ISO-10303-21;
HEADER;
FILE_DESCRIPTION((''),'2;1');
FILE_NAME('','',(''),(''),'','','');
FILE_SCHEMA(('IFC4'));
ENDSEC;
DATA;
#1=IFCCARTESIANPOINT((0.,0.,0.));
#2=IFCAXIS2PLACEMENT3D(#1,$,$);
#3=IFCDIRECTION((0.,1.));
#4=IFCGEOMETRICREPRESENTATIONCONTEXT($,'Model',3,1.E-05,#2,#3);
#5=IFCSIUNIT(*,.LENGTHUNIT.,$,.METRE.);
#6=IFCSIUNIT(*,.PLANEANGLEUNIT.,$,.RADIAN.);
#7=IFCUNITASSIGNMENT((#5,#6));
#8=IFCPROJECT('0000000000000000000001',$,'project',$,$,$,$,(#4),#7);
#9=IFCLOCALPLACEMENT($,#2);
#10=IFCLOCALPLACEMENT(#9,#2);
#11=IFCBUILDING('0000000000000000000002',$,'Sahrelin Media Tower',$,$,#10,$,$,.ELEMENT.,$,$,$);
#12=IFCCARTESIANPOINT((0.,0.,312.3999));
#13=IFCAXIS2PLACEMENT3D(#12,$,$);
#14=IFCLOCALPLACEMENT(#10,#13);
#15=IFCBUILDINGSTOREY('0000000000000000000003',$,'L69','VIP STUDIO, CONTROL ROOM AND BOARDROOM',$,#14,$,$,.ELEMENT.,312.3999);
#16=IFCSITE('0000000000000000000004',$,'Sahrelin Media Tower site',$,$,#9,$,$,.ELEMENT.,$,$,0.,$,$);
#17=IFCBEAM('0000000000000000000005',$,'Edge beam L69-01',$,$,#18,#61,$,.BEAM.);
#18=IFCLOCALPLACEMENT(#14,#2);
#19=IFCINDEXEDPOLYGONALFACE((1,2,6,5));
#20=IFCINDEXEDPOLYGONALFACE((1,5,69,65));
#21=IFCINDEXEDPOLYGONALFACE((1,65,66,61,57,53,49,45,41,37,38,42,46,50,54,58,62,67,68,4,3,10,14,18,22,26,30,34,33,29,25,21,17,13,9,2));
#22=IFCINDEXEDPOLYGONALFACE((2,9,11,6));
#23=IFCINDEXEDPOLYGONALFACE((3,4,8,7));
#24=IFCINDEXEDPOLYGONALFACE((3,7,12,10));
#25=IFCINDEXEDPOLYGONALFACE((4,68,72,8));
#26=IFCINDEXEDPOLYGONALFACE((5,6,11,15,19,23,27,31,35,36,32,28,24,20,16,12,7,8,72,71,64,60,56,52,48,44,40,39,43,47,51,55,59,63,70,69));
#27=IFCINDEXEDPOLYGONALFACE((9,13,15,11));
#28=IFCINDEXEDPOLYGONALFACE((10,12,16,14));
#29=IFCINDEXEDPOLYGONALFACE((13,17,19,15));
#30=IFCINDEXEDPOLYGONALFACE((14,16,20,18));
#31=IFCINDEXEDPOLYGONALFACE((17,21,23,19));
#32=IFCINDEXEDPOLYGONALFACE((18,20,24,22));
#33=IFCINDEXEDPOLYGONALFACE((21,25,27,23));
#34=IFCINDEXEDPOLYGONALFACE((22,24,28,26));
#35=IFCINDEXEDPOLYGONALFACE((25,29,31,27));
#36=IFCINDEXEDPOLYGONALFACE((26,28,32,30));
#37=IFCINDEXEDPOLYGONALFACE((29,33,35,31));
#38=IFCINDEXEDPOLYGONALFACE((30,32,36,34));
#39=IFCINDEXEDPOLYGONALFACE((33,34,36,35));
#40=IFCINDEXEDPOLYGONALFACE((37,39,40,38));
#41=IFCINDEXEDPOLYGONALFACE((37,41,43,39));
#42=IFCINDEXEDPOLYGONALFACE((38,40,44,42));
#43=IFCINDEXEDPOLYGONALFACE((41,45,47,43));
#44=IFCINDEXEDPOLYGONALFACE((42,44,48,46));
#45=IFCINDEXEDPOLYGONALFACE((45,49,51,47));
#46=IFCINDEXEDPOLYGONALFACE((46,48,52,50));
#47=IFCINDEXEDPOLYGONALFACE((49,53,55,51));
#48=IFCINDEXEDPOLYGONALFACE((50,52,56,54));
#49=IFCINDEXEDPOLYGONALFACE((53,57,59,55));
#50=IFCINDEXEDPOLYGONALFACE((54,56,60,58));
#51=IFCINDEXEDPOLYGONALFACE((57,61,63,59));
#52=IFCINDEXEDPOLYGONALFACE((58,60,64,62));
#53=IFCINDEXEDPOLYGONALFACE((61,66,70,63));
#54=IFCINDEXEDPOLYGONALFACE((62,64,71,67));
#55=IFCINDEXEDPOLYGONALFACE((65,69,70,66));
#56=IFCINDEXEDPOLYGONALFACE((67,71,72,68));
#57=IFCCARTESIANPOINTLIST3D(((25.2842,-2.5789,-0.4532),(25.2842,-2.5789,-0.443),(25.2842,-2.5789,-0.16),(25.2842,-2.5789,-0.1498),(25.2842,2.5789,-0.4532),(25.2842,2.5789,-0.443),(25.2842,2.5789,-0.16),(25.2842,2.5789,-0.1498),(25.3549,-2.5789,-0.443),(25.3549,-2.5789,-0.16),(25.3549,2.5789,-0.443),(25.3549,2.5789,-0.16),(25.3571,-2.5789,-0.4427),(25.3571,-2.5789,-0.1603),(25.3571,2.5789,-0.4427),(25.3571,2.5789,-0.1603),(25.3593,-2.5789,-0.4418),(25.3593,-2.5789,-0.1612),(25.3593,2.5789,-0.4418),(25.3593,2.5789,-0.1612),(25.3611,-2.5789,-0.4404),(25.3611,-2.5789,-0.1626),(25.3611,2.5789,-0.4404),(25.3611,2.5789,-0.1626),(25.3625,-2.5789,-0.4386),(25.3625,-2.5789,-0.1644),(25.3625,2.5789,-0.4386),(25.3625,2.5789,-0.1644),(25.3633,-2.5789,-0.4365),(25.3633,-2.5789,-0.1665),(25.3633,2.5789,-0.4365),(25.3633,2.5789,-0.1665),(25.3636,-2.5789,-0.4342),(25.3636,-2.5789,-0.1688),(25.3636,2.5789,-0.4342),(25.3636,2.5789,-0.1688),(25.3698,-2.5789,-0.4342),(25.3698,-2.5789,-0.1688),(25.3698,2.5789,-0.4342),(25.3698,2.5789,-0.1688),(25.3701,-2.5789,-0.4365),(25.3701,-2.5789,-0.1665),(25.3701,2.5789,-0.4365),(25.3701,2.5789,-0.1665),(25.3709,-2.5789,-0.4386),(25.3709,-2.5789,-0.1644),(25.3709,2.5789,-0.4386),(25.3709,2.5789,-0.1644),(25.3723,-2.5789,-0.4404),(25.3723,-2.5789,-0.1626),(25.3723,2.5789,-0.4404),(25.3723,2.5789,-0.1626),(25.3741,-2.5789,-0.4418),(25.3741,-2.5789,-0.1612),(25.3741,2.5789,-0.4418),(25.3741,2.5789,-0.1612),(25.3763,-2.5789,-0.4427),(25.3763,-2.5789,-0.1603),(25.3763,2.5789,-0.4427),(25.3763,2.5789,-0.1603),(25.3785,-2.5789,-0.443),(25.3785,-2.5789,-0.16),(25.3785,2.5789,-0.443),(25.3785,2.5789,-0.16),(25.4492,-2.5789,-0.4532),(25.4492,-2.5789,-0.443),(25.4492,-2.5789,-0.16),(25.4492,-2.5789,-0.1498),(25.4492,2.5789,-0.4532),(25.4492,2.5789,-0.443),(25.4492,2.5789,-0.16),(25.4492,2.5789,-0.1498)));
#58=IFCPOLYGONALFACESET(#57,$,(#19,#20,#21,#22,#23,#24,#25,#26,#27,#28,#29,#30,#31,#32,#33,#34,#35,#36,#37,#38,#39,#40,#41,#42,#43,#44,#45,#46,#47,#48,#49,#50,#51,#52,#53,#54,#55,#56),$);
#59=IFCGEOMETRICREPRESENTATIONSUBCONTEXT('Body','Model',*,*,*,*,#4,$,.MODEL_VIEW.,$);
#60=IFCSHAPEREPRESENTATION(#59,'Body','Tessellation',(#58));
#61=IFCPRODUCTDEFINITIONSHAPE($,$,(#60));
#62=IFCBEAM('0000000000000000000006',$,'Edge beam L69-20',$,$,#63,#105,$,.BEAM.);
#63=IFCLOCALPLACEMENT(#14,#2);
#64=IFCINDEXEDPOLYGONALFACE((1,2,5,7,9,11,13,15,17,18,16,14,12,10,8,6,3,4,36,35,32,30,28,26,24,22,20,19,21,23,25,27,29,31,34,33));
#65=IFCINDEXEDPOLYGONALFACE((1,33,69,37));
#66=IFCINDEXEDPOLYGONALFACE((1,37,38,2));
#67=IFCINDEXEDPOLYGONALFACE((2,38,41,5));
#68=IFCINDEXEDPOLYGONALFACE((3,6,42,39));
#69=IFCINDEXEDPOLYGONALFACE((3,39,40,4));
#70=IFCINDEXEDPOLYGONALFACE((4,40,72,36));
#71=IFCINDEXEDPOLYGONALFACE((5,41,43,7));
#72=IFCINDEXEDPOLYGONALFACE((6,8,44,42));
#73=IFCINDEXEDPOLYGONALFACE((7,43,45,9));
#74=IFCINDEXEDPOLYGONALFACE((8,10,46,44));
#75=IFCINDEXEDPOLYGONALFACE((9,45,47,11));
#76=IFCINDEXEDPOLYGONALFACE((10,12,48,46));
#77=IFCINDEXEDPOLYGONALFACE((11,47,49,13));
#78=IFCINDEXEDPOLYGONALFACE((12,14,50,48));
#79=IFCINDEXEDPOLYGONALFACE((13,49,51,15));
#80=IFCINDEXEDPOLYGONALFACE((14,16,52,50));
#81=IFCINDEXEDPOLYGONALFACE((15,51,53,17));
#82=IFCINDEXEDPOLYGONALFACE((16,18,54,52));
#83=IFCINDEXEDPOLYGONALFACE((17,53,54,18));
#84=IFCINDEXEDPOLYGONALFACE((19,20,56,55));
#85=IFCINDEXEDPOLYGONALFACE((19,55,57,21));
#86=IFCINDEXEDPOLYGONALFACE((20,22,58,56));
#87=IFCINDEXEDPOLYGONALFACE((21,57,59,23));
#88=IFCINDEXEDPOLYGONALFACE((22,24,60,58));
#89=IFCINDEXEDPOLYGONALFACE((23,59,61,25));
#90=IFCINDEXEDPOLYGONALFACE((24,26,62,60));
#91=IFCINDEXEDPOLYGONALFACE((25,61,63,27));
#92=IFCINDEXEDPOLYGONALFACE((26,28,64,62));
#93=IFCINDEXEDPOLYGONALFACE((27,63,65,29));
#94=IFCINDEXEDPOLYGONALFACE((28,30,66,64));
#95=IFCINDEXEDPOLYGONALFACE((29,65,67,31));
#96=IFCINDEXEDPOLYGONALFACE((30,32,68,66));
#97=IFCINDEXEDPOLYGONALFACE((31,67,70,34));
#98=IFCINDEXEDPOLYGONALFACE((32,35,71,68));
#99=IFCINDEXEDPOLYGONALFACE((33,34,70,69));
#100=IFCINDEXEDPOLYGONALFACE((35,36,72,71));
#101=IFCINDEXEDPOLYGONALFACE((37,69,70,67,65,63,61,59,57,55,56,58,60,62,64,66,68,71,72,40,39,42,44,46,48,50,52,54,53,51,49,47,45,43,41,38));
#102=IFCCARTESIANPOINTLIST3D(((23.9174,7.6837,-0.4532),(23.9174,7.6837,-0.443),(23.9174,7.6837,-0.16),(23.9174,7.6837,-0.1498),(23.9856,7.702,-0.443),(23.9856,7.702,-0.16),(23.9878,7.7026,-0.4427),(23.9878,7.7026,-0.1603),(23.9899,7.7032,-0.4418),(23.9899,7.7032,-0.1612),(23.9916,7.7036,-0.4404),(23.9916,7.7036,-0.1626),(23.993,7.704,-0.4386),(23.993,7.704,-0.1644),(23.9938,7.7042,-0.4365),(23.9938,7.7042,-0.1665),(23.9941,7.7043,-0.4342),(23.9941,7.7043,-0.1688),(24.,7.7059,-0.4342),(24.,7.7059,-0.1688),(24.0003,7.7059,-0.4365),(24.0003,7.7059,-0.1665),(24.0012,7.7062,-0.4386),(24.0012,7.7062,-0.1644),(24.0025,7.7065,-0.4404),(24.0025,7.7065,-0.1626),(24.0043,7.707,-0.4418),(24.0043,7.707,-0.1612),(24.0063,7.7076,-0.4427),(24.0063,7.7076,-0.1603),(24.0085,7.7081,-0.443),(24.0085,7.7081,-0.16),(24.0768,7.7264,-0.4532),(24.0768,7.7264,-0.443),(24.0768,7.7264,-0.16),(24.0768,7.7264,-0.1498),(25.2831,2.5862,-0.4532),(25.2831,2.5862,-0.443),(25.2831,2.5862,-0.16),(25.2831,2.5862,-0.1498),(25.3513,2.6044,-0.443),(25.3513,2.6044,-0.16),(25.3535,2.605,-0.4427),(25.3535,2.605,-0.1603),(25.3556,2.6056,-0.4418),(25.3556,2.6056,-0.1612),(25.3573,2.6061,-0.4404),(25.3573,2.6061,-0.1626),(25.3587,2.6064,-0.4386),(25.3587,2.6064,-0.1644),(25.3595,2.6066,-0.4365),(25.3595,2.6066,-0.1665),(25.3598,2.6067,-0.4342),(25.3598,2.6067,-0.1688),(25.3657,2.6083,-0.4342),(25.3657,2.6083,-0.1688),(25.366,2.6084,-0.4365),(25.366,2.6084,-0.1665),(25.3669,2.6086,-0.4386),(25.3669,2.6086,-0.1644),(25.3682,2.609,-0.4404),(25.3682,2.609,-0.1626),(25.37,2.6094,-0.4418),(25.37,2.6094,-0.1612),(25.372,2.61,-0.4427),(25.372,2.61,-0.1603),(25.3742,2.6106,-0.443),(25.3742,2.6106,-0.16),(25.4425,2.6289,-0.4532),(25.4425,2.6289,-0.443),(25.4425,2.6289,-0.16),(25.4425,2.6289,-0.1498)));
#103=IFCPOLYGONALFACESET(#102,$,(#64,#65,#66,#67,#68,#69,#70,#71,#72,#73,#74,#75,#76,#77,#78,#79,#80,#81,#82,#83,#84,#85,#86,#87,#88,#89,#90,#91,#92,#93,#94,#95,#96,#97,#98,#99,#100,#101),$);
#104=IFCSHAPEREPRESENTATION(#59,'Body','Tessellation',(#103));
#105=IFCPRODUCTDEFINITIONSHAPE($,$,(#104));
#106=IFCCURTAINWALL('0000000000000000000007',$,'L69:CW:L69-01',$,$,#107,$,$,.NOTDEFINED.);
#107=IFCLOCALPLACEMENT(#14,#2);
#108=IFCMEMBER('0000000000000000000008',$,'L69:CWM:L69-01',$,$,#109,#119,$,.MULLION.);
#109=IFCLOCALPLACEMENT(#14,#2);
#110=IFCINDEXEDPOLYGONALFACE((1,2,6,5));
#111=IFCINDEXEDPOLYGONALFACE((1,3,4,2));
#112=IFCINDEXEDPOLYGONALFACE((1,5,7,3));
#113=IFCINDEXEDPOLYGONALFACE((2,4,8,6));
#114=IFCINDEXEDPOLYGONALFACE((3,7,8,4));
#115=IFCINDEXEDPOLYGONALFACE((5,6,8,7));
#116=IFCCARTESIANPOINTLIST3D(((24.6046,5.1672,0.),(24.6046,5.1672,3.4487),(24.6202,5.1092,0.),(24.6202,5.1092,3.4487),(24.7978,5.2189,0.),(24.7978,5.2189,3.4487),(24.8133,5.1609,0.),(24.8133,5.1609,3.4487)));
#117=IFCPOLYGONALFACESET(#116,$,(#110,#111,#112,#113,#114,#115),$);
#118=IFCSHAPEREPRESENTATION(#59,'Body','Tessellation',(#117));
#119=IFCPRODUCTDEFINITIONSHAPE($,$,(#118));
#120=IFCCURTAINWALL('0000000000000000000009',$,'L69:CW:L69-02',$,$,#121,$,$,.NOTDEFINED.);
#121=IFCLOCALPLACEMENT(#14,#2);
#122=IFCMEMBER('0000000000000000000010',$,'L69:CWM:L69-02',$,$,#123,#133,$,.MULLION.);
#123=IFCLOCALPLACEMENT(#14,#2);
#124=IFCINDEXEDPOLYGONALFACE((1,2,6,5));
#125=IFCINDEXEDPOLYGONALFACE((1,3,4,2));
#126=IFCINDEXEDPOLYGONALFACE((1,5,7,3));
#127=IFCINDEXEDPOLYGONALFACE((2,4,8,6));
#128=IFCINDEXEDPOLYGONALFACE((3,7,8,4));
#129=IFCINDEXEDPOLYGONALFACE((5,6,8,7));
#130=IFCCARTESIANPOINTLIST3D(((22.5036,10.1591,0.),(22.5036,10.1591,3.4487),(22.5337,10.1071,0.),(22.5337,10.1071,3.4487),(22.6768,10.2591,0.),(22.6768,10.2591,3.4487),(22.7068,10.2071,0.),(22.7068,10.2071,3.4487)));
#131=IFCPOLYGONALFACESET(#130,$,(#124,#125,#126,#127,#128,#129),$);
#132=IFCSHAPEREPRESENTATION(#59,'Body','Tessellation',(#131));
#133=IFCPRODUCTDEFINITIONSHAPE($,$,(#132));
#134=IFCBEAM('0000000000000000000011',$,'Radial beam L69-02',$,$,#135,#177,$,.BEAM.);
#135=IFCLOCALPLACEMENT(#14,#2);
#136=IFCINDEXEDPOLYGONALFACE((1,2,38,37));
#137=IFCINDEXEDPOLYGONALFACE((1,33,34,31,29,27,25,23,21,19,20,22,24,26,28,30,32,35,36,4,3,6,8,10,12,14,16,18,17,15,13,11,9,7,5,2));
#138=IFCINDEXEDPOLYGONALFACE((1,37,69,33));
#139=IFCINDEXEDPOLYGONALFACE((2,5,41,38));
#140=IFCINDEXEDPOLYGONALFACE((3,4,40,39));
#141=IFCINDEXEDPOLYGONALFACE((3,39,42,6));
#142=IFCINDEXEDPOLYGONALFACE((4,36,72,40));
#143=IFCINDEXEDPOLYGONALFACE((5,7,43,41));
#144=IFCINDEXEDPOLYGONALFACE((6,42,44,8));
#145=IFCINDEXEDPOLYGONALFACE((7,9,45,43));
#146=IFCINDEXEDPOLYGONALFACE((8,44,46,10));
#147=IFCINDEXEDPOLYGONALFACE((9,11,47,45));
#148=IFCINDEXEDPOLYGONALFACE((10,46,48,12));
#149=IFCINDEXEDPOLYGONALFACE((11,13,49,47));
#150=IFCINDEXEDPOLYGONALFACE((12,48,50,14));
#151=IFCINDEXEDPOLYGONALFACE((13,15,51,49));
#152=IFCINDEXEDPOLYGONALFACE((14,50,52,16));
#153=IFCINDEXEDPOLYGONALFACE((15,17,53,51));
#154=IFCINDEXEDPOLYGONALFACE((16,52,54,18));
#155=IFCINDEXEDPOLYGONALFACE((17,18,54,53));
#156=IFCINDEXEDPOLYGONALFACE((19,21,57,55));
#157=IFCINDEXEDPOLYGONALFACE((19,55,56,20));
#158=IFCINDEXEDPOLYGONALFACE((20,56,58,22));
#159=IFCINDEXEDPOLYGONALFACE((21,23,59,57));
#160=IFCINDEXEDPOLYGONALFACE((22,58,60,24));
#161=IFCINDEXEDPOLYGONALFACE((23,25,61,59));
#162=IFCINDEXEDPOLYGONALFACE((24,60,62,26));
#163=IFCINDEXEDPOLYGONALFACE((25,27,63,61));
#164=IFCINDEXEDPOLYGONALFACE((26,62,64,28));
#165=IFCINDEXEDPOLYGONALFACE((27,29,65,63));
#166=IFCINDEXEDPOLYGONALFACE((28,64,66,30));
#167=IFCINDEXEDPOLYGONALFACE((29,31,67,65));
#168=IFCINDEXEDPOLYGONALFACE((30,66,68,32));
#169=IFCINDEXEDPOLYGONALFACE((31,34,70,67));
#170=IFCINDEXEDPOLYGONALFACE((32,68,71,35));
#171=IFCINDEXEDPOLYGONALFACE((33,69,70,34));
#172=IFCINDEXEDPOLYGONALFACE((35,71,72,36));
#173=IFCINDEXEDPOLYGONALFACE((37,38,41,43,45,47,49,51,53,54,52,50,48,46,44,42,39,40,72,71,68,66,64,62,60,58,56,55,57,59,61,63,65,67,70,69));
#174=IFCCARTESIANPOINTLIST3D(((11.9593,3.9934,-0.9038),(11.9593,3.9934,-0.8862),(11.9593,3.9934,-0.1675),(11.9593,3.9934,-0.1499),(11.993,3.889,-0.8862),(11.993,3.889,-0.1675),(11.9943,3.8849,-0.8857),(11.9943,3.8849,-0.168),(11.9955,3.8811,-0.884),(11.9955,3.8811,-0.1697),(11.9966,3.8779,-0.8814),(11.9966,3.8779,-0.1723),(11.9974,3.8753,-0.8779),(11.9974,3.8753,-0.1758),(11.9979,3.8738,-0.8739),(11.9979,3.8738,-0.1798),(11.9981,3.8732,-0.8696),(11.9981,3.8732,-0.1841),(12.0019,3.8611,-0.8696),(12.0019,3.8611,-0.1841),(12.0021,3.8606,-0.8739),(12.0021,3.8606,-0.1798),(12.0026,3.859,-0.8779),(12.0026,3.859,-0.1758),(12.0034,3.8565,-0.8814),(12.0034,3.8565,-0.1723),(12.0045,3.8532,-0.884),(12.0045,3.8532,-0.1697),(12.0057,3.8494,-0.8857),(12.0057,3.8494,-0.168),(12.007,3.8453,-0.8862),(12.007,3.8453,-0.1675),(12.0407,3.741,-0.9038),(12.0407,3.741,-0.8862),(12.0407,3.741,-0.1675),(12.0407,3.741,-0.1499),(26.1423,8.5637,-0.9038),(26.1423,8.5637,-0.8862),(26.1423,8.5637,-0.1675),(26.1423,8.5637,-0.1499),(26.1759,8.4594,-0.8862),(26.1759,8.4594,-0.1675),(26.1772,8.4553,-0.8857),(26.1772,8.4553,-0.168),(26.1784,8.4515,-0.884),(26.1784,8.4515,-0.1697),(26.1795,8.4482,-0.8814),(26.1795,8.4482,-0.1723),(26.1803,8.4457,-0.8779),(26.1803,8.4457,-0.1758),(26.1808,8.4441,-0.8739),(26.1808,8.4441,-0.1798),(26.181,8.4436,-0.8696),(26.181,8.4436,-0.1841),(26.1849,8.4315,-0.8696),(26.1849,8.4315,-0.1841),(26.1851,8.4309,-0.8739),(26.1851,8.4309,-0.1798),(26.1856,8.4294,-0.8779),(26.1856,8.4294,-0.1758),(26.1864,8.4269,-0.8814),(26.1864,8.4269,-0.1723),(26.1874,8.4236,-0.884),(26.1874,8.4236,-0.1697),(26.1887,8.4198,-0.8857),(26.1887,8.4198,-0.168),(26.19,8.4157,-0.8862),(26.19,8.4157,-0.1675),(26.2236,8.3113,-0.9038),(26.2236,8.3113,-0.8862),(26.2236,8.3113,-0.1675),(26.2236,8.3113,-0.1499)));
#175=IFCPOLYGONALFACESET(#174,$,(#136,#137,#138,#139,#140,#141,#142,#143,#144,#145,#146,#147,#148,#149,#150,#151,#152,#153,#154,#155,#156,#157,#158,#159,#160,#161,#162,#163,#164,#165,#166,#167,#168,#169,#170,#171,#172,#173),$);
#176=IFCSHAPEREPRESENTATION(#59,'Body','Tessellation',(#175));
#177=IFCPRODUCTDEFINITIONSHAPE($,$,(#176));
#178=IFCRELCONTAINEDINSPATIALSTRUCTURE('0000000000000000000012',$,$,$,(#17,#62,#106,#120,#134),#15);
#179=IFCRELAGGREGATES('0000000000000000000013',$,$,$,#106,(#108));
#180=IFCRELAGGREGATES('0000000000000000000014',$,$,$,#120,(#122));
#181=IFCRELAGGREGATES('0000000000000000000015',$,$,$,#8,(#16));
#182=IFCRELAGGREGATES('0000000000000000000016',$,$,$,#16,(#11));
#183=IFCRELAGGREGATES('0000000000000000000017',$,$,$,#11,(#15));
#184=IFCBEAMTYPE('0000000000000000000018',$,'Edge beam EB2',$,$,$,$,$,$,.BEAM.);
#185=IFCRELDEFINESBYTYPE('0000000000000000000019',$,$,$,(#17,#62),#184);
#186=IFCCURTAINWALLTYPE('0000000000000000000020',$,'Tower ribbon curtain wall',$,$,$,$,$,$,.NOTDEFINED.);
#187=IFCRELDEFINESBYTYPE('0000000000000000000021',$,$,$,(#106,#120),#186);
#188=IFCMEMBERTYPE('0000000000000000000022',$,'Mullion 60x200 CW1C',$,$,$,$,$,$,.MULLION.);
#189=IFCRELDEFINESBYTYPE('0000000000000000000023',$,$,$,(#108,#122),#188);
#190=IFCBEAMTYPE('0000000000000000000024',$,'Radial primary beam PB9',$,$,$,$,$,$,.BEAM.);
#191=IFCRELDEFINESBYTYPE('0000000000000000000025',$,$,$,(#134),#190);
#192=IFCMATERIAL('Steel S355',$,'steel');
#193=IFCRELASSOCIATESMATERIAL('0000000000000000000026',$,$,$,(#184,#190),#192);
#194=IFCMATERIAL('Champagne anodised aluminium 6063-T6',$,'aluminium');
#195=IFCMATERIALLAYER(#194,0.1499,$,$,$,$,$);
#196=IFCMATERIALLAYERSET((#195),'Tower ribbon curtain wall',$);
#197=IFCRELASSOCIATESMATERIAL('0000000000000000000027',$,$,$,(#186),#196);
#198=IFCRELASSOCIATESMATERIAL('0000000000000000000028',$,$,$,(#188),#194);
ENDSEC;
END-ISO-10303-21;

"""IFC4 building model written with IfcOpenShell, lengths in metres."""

from ifc_helpers import new_model, si_unit, direction, frame, origin, origin_2d, place, context, subcontext, project, spatial, rectangle, i_section, extrude, material, layer, layer_set, material_profile, profile_set, type_object, element, aggregate, save


model = new_model("IFC4")

# Units and contexts
model_context = context("Model", 3, precision=1e-05, world=origin(), true_north=direction((0.0, 1.0)))
body_context = subcontext(model_context, "Body", "Model", "MODEL_VIEW")
ifc_project = project(units=[si_unit("LENGTHUNIT", "METRE"), si_unit("PLANEANGLEUNIT", "RADIAN")], contexts=[model_context])

# Site, building, storey
site_placement = place(None, origin())
site = spatial("IfcSite", under=ifc_project, at=site_placement, Name="Sahrelin Media Tower site", CompositionType="ELEMENT", RefElevation=0.0)
building_placement = place(site_placement, origin())
building = spatial("IfcBuilding", under=site, at=building_placement, Name="Sahrelin Media Tower", CompositionType="ELEMENT")
storey_placement = place(building_placement, frame((0.0, 0.0, 312.3999)))
storey = spatial("IfcBuildingStorey", under=building, at=storey_placement, Name="L69", Description="VIP STUDIO, CONTROL ROOM AND BOARDROOM", CompositionType="ELEMENT", Elevation=312.3999)

# Beams
ifc_material_1 = material(Name="Steel S355", Category="steel")
ifc_material_profile_1 = material_profile(ifc_material_1, i_section(OverallWidth=0.165, OverallDepth=0.3035, WebThickness=0.0061, FlangeThickness=0.0103, FilletRadius=0.0088, at=origin_2d()), Name="UB 305x165x40")
ifc_profile_set_1 = profile_set([ifc_material_profile_1], Name="Steel S355")
beam_type_1 = type_object("IfcBeamType", Name="Edge beam EB2", PredefinedType="BEAM", material=ifc_profile_set_1)
beam_1_placement = place(storey_placement, frame((25.3667, 2.5789, -0.3015), z_axis=(0.0, -1.0, 0.0), x_axis=(1.0, 0.0, 0.0)))
element("IfcBeam", 1, at=beam_1_placement, inside=storey, type_object=beam_type_1, Name="Edge beam L69-01", PredefinedType="BEAM", context=body_context, shape_type="SweptSolid", body=[
    extrude(i_section(OverallWidth=0.165, OverallDepth=0.3035, WebThickness=0.0061, FlangeThickness=0.0103, FilletRadius=0.0088, at=origin_2d()), origin(), (0.0, 0.0, 1.0), 5.1577),
])
beam_2_placement = place(storey_placement, frame((23.9971, 7.7051, -0.3015), z_axis=(0.258785, -0.965935, 0.0), x_axis=(0.965935, 0.258785, 0.0)))
element("IfcBeam", 2, at=beam_2_placement, inside=storey, type_object=beam_type_1, Name="Edge beam L69-20", PredefinedType="BEAM", context=body_context, shape_type="SweptSolid", body=[
    extrude(i_section(OverallWidth=0.165, OverallDepth=0.3035, WebThickness=0.0061, FlangeThickness=0.0103, FilletRadius=0.0088, at=origin_2d()), origin(), (0.0, 0.0, 1.0), 5.2773),
])

# Curtain walls, members
ifc_material_2 = material(Name="Champagne anodised aluminium 6063-T6", Category="aluminium")
ifc_layer_1 = layer(ifc_material_2, 0.1499)
ifc_layer_set_1 = layer_set([ifc_layer_1], Name="Tower ribbon curtain wall")
curtain_wall_type = type_object("IfcCurtainWallType", Name="Tower ribbon curtain wall", PredefinedType="NOTDEFINED", material=ifc_layer_set_1)
curtain_wall_1_placement = place(storey_placement, frame((24.825, 5.1951, 0.0), z_axis=(0.0, 0.0, 1.0), x_axis=(1.0, 0.0, 0.0)))
curtain_wall_1 = element("IfcCurtainWall", 3, at=curtain_wall_1_placement, inside=storey, type_object=curtain_wall_type, Name="L69:CW:L69-01", PredefinedType="NOTDEFINED")
ifc_material_profile_2 = material_profile(ifc_material_2, rectangle(XDim=0.0601, YDim=0.2, at=origin_2d()), Name="Mullion 60x200")
ifc_profile_set_2 = profile_set([ifc_material_profile_2], Name="Champagne anodised aluminium 6063-T6")
member_type_1 = type_object("IfcMemberType", Name="Mullion 60x200 CW1C", PredefinedType="MULLION", material=ifc_profile_set_2)
member_1_placement = place(storey_placement, frame((24.709, 5.1641, 0.0), z_axis=(0.0, 0.0, 1.0), x_axis=(-0.258812, 0.965928, 0.0)))
member_1 = element("IfcMember", 4, at=member_1_placement, type_object=member_type_1, Name="L69:CWM:L69-01", PredefinedType="MULLION", context=body_context, shape_type="SweptSolid", body=[
    extrude(rectangle(XDim=0.0601, YDim=0.2, at=origin_2d()), origin(), (0.0, 0.0, 1.0), 3.4487),
])
curtain_wall_2_placement = place(storey_placement, frame((22.7092, 10.2432, 0.0), z_axis=(0.0, 0.0, 1.0), x_axis=(1.0, 0.0, 0.0)))
curtain_wall_2 = element("IfcCurtainWall", 5, at=curtain_wall_2_placement, inside=storey, type_object=curtain_wall_type, Name="L69:CW:L69-02", PredefinedType="NOTDEFINED")
member_2_placement = place(storey_placement, frame((22.6052, 10.1831, 0.0), z_axis=(0.0, 0.0, 1.0), x_axis=(-0.500003, 0.866024, 0.0)))
member_2 = element("IfcMember", 6, at=member_2_placement, type_object=member_type_1, Name="L69:CWM:L69-02", PredefinedType="MULLION", context=body_context, shape_type="SweptSolid", body=[
    extrude(rectangle(XDim=0.0601, YDim=0.2, at=origin_2d()), origin(), (0.0, 0.0, 1.0), 3.4487),
])

# Beam
ifc_material_profile_3 = material_profile(ifc_material_1, i_section(OverallWidth=0.2651, OverallDepth=0.7539, WebThickness=0.0127, FlangeThickness=0.0176, FilletRadius=0.0166, at=origin_2d()), Name="UB 762x267x147")
ifc_profile_set_3 = profile_set([ifc_material_profile_3], Name="Steel S355")
beam_type_2 = type_object("IfcBeamType", Name="Radial primary beam PB9", PredefinedType="BEAM", material=ifc_profile_set_3)
beam_3_placement = place(storey_placement, frame((12.0, 3.8672, -0.5269), z_axis=(0.951803, 0.306711, 0.0), x_axis=(-0.306711, 0.951803, 0.0)))
element("IfcBeam", 7, at=beam_3_placement, inside=storey, type_object=beam_type_2, Name="Radial beam L69-02", PredefinedType="BEAM", context=body_context, shape_type="SweptSolid", body=[
    extrude(i_section(OverallWidth=0.2651, OverallDepth=0.7539, WebThickness=0.0127, FlangeThickness=0.0176, FilletRadius=0.0166, at=origin_2d()), origin(), (0.0, 0.0, 1.0), 14.9011),
])

aggregate(curtain_wall_1, [member_1])
aggregate(curtain_wall_2, [member_2])

save(model, "model.ifc")
